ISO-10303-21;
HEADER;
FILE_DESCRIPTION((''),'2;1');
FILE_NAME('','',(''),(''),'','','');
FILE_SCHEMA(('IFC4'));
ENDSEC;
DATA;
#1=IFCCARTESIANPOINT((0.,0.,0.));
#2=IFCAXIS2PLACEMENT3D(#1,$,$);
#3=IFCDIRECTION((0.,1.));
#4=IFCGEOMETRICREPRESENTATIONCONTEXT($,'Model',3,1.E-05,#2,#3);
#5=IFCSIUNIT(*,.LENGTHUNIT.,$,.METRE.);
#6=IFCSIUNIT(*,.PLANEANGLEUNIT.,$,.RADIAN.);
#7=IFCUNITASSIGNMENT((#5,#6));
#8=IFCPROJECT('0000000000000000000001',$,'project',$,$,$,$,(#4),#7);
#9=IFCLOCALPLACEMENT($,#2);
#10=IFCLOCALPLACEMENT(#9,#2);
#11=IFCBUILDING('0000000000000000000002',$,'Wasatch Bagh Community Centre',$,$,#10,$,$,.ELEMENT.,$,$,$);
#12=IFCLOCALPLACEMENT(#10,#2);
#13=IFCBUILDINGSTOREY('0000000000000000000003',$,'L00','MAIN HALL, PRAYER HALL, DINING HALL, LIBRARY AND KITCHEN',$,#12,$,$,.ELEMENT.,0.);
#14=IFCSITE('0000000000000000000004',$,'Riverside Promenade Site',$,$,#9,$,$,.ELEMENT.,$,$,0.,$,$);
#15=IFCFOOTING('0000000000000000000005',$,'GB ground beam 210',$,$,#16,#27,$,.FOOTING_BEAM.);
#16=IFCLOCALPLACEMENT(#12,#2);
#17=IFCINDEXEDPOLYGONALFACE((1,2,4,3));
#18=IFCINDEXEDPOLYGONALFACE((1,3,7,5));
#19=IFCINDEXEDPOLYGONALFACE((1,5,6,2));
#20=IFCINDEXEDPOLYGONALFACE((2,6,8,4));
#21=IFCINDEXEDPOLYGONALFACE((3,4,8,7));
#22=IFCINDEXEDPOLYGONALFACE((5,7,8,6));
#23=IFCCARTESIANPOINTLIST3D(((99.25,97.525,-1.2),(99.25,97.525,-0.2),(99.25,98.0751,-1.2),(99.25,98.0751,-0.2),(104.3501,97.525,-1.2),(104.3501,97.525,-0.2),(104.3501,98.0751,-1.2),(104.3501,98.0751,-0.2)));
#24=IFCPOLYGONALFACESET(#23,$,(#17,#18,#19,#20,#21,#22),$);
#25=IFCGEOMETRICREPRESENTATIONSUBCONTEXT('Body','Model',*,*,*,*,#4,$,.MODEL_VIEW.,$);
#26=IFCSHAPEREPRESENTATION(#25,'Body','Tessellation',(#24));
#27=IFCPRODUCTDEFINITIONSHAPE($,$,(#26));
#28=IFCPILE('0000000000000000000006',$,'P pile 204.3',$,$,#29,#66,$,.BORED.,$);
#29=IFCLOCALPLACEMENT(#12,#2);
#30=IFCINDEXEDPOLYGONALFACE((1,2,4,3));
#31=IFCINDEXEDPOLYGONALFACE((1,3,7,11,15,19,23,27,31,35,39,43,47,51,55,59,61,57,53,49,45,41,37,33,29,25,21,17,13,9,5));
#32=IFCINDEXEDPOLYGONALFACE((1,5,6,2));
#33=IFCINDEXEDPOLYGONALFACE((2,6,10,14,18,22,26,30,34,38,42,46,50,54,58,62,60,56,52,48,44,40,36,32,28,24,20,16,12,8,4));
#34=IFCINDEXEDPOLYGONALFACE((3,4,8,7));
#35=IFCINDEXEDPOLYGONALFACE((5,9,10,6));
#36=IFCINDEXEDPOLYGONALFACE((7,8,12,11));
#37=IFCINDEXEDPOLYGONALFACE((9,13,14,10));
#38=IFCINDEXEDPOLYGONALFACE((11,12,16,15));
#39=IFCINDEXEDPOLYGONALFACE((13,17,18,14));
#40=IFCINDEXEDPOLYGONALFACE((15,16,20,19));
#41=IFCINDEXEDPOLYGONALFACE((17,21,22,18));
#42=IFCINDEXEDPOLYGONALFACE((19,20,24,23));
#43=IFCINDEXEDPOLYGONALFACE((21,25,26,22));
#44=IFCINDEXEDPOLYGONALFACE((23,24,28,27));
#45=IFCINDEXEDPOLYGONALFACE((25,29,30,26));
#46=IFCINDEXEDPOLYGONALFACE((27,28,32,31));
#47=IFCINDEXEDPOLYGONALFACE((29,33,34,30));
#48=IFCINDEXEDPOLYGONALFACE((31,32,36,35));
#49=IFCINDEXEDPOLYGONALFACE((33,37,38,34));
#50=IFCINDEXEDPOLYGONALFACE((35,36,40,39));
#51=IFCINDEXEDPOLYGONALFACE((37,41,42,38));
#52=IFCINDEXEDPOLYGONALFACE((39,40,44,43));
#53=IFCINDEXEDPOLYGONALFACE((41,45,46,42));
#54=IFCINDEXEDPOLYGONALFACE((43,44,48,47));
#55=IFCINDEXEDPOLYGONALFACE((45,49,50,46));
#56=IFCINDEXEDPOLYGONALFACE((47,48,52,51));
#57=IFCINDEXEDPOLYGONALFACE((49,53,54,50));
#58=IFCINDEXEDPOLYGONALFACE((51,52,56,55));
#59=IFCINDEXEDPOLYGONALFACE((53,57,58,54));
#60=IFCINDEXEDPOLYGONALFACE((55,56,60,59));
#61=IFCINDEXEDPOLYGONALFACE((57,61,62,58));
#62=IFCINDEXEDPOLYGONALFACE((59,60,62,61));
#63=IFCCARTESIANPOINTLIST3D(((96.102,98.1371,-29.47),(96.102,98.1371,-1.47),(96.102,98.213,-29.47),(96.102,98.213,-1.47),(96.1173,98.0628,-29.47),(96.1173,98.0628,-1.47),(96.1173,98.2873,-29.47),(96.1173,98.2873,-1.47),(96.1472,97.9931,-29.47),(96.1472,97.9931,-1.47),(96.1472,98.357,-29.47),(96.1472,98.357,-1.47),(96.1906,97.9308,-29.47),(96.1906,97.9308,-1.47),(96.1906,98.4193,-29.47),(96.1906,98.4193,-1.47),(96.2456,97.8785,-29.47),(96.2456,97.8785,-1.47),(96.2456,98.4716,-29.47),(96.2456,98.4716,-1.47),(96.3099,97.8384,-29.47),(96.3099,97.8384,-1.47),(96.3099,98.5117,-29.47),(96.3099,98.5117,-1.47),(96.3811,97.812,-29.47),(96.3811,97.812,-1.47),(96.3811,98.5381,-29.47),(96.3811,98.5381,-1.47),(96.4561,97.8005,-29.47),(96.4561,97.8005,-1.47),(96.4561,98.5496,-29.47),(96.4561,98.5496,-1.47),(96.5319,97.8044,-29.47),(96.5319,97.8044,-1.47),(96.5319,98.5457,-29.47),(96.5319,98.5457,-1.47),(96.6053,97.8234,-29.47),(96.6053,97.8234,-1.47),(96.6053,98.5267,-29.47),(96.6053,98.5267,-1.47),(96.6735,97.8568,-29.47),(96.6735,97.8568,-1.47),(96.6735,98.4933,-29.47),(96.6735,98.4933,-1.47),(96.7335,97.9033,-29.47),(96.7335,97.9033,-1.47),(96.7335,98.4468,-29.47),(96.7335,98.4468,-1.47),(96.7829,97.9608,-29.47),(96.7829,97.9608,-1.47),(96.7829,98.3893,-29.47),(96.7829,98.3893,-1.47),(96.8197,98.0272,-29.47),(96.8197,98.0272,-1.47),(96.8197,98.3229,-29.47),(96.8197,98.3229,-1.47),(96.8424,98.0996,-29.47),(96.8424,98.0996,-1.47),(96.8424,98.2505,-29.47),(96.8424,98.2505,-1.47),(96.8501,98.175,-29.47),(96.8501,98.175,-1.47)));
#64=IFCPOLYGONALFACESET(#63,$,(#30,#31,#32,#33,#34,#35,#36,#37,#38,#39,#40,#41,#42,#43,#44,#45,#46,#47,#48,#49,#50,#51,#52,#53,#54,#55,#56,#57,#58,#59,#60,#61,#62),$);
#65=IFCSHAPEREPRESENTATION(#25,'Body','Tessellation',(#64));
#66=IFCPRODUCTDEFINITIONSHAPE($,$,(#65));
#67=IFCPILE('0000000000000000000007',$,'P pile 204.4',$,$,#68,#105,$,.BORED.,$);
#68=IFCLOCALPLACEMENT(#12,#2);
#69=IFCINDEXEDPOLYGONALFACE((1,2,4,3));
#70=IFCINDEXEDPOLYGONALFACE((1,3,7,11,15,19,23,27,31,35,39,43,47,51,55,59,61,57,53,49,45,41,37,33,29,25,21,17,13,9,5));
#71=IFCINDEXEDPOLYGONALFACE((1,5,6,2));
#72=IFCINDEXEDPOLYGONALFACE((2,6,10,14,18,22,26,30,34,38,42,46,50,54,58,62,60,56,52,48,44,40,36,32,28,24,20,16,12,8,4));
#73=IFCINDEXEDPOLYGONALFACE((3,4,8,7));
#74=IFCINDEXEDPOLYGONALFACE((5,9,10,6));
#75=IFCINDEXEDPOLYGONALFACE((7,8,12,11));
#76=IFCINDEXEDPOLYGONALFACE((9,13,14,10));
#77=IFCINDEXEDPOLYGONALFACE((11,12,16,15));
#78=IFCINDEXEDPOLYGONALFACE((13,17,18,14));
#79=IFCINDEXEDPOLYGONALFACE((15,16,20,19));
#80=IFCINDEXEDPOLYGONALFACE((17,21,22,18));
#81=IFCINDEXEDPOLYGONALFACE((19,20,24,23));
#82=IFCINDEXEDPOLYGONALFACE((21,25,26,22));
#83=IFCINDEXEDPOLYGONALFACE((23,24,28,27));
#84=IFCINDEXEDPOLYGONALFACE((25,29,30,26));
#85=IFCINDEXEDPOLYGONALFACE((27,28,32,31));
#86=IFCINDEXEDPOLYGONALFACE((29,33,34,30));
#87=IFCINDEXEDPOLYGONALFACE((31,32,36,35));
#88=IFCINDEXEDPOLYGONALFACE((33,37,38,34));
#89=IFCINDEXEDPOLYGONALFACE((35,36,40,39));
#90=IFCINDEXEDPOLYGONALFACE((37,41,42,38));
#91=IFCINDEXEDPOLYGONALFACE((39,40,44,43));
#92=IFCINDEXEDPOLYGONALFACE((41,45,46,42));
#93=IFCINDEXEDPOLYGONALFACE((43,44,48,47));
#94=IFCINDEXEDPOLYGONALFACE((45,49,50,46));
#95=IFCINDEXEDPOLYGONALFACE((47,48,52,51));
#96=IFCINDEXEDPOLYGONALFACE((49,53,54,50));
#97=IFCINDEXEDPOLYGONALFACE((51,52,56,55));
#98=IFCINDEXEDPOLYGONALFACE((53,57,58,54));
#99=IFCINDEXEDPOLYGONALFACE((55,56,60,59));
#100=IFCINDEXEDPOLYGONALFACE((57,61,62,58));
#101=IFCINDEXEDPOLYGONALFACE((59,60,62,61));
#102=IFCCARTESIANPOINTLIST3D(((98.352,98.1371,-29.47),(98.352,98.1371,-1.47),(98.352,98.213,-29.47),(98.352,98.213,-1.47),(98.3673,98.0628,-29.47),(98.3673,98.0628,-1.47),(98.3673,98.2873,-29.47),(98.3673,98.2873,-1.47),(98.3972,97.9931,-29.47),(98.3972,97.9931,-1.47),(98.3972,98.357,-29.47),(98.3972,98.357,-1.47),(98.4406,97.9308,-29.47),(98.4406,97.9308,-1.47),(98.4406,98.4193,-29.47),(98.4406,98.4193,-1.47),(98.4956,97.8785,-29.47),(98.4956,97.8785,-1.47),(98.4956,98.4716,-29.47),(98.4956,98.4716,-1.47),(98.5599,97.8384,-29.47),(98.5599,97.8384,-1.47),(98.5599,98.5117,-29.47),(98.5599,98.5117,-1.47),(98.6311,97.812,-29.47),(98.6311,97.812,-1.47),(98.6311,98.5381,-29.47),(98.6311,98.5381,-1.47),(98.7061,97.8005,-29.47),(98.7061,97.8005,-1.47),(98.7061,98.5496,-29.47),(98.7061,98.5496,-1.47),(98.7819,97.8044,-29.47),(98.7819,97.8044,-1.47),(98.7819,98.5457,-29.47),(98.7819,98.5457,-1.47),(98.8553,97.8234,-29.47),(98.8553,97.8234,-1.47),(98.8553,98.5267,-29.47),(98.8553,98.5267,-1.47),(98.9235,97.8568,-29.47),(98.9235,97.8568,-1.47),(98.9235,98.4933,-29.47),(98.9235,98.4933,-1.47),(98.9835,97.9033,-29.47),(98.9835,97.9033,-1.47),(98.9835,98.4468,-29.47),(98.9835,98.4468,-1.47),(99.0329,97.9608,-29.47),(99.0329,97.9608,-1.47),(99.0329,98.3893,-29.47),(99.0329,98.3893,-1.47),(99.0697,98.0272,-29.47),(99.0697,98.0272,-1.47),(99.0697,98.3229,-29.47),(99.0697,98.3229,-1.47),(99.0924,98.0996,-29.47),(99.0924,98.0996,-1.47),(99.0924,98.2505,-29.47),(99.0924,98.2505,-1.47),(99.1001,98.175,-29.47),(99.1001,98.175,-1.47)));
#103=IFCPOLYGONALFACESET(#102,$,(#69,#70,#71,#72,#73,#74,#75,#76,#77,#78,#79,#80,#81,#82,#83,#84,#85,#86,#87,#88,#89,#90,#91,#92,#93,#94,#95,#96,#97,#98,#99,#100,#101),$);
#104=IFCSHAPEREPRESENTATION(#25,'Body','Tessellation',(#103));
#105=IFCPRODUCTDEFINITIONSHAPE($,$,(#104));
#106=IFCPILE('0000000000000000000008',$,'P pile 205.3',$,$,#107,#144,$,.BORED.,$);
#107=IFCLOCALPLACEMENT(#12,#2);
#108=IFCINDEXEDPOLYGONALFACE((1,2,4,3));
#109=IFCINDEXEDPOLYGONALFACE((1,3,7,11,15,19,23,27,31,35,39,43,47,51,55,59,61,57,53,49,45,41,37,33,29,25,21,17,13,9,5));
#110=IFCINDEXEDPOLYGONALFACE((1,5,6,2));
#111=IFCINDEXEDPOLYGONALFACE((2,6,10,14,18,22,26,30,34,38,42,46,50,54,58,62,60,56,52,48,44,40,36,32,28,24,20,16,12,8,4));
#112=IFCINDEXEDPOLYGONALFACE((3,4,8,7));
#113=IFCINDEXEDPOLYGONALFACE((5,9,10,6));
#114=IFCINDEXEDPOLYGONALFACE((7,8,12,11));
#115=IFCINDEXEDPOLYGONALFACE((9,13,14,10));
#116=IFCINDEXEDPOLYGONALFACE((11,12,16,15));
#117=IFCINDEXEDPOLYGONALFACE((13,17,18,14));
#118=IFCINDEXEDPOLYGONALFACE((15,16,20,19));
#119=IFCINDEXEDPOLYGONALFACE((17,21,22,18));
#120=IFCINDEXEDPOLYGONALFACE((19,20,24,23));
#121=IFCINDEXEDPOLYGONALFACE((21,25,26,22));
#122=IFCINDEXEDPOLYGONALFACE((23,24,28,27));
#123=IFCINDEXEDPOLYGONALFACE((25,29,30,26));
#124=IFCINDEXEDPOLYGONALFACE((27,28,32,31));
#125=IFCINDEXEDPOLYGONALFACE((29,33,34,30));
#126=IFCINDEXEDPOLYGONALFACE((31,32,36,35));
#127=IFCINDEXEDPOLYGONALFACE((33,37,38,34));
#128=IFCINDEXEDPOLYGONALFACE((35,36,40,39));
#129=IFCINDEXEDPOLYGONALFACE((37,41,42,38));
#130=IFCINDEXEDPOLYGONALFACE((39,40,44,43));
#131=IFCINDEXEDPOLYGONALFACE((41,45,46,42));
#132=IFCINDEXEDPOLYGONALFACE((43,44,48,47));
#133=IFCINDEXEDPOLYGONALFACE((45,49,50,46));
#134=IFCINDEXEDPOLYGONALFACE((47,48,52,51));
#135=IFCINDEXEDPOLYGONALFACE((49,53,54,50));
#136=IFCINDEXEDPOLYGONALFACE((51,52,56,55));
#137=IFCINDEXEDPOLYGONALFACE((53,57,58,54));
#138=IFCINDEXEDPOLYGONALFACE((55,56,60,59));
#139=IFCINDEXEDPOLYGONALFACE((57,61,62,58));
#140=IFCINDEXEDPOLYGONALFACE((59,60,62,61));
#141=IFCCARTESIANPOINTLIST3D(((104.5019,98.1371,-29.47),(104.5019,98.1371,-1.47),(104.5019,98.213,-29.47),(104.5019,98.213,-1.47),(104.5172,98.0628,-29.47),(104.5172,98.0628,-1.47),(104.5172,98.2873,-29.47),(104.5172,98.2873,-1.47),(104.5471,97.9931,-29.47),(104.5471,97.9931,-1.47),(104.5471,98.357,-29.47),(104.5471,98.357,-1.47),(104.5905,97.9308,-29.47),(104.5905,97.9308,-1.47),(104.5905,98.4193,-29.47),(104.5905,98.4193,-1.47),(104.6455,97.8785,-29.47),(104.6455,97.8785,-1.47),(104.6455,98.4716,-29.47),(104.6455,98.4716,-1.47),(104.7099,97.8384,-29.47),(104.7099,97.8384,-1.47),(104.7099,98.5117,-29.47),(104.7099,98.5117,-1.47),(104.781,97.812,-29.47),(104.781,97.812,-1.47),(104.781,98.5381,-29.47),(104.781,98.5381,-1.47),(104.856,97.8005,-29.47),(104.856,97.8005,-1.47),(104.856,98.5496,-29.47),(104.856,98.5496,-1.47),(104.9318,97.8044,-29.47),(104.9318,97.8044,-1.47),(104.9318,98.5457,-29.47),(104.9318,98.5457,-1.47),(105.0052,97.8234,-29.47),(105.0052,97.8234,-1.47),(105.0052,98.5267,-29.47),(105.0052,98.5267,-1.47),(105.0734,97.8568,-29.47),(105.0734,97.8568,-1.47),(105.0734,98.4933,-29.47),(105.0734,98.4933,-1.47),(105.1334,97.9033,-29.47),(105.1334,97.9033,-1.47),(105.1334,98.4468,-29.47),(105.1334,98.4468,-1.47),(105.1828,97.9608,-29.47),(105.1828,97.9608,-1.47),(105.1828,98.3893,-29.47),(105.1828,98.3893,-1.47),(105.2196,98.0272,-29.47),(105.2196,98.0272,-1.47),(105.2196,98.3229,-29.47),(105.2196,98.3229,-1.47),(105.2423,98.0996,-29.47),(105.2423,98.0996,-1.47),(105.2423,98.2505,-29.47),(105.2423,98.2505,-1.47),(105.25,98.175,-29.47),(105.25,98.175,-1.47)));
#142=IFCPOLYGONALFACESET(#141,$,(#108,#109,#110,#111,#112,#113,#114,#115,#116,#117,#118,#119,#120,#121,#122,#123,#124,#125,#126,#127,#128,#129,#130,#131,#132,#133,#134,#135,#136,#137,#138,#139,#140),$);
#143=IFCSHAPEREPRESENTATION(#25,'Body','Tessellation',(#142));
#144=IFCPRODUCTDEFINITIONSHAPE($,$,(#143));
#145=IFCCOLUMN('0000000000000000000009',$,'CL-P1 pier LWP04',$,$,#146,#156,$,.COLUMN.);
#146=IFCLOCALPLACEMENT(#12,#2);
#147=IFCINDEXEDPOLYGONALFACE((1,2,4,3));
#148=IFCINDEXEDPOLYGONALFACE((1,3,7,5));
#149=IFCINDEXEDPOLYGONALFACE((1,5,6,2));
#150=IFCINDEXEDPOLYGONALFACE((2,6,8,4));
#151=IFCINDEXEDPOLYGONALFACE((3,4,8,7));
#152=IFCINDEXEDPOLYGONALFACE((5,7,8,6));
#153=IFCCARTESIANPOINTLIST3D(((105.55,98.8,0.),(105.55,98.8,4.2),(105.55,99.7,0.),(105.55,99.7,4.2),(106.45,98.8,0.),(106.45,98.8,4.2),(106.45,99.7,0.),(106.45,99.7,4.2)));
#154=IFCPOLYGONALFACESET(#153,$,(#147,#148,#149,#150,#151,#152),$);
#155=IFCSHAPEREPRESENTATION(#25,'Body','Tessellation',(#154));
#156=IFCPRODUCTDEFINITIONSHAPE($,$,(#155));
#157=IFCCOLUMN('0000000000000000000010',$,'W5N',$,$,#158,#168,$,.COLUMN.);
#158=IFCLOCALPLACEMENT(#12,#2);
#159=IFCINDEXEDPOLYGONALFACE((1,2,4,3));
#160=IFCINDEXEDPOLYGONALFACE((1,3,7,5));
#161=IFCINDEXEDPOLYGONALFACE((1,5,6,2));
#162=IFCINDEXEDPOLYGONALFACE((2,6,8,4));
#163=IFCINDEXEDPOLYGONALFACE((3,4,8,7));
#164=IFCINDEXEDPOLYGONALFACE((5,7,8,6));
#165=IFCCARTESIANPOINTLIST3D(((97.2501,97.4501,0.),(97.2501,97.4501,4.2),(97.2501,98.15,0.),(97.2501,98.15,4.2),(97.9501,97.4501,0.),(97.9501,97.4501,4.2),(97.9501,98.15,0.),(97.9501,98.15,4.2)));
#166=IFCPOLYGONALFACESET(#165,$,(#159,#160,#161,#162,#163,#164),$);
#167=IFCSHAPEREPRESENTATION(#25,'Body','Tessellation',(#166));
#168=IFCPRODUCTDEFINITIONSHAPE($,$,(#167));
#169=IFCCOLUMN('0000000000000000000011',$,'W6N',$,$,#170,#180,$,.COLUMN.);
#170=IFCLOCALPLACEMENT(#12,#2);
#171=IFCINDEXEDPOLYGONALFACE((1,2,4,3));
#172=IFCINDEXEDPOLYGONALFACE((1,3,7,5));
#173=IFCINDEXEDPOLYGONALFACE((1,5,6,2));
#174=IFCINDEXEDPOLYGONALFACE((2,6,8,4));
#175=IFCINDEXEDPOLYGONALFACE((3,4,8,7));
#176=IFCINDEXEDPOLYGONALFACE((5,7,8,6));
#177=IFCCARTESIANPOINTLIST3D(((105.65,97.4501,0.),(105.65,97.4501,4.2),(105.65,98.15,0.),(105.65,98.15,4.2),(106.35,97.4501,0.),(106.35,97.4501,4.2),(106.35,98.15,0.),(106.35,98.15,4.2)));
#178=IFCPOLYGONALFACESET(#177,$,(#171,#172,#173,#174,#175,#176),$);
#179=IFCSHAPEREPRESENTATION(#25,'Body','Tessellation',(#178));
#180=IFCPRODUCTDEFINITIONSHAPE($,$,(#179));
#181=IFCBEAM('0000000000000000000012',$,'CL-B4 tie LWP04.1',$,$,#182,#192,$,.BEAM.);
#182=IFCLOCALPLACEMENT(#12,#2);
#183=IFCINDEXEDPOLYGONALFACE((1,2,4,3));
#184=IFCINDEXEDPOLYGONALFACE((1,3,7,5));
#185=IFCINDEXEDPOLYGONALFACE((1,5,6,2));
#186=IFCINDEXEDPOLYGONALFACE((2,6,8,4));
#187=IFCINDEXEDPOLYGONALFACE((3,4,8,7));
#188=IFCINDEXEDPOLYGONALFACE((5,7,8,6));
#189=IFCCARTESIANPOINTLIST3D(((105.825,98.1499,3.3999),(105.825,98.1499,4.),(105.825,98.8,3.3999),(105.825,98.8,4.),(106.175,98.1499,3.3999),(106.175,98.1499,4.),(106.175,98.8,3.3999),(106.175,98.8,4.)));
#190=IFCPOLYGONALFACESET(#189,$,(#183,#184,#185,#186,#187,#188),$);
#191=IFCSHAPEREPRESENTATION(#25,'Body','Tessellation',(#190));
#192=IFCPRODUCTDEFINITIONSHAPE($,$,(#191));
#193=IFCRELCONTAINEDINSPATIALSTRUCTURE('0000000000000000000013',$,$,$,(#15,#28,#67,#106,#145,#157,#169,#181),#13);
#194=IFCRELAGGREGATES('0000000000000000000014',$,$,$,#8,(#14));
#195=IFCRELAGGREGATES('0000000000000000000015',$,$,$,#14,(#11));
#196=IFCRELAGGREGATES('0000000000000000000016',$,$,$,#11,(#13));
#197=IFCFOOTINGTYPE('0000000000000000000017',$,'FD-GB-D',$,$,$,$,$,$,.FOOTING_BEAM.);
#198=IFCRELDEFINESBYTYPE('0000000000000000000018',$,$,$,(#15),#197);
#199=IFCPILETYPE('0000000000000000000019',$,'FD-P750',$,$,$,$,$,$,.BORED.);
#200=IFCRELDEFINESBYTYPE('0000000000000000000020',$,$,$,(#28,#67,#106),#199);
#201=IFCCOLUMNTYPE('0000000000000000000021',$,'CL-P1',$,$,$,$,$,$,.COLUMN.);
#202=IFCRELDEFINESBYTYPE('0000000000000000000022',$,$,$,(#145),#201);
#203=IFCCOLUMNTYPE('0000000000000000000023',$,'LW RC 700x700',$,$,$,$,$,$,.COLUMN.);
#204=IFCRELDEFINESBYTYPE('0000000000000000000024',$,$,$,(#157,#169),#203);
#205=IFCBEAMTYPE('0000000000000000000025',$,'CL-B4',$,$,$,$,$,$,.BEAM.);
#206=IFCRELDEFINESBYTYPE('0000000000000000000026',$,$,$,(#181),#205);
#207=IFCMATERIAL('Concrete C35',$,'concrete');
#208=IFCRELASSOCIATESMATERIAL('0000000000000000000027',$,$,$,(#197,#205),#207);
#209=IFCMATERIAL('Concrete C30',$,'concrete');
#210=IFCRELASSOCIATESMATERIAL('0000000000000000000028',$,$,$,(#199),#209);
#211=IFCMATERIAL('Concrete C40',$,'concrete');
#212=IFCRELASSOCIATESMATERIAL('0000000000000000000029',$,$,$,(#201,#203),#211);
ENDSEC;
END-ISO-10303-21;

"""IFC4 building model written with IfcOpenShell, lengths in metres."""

from ifc_helpers import new_model, si_unit, direction, frame, origin, origin_2d, place, context, subcontext, project, spatial, rectangle, circle, extrude, material, material_profile, profile_set, type_object, element, save


model = new_model("IFC4")

# Units and contexts
model_context = context("Model", 3, precision=1e-05, world=origin(), true_north=direction((0.0, 1.0)))
body_context = subcontext(model_context, "Body", "Model", "MODEL_VIEW")
ifc_project = project(units=[si_unit("LENGTHUNIT", "METRE"), si_unit("PLANEANGLEUNIT", "RADIAN")], contexts=[model_context])

# Site, building, storey
site_placement = place(None, origin())
site = spatial("IfcSite", under=ifc_project, at=site_placement, Name="Riverside Promenade Site", CompositionType="ELEMENT", RefElevation=0.0)
building_placement = place(site_placement, origin())
building = spatial("IfcBuilding", under=site, at=building_placement, Name="Wasatch Bagh Community Centre", CompositionType="ELEMENT")
storey_placement = place(building_placement, origin())
storey = spatial("IfcBuildingStorey", under=building, at=storey_placement, Name="L00", Description="MAIN HALL, PRAYER HALL, DINING HALL, LIBRARY AND KITCHEN", CompositionType="ELEMENT", Elevation=0.0)

# Footing
ifc_material_1 = material(Name="Concrete C35", Category="concrete")
footing_type = type_object("IfcFootingType", Name="FD-GB-D", PredefinedType="FOOTING_BEAM", material=ifc_material_1)
footing_placement = place(storey_placement, frame((101.8, 97.8, -1.2), z_axis=(0.0, 0.0, 1.0), x_axis=(1.0, 0.0, 0.0)))
element("IfcFooting", 1, at=footing_placement, inside=storey, type_object=footing_type, Name="GB ground beam 210", PredefinedType="FOOTING_BEAM", context=body_context, shape_type="SweptSolid", body=[
    extrude(rectangle(XDim=5.1001, YDim=0.55, at=origin_2d()), origin(), (0.0, 0.0, 1.0), 1.0),
])

# Piles
ifc_material_2 = material(Name="Concrete C30", Category="concrete")
ifc_material_profile_1 = material_profile(ifc_material_2, circle(Radius=0.375, at=origin_2d()), Name="RC D750")
ifc_profile_set_1 = profile_set([ifc_material_profile_1], Name="Concrete C30")
pile_type = type_object("IfcPileType", Name="FD-P750", PredefinedType="BORED", material=ifc_profile_set_1)
for number, where, z_axis, x_axis, name in (
    (2, (96.4751, 98.175, -1.47), (0.0, 0.0, -1.0), (1.0, 0.0, 0.0), "P pile 204.3"),
    (3, (98.7251, 98.175, -1.47), (0.0, 0.0, -1.0), (1.0, 0.0, 0.0), "P pile 204.4"),
    (4, (104.875, 98.175, -1.47), (0.0, 0.0, -1.0), (1.0, 0.0, 0.0), "P pile 205.3"),
):
    element("IfcPile", number, at=place(storey_placement, frame(where, z_axis=z_axis, x_axis=x_axis)), inside=storey, type_object=pile_type, Name=name, PredefinedType="BORED", context=body_context, shape_type="SweptSolid", body=[
        extrude(circle(Radius=0.375, at=origin_2d()), origin(), (0.0, 0.0, 1.0), 28.0),
    ])

# Columns
ifc_material_3 = material(Name="Concrete C40", Category="concrete")
ifc_material_profile_2 = material_profile(ifc_material_3, rectangle(XDim=0.8999, YDim=0.8999, at=origin_2d()), Name="RC 900x900")
ifc_profile_set_2 = profile_set([ifc_material_profile_2], Name="Concrete C40")
column_type_1 = type_object("IfcColumnType", Name="CL-P1", PredefinedType="COLUMN", material=ifc_profile_set_2)
column_placement = place(storey_placement, frame((106.0, 99.25, 0.0), z_axis=(0.0, 0.0, 1.0), x_axis=(1.0, 0.0, 0.0)))
element("IfcColumn", 5, at=column_placement, inside=storey, type_object=column_type_1, Name="CL-P1 pier LWP04", PredefinedType="COLUMN", context=body_context, shape_type="SweptSolid", body=[
    extrude(rectangle(XDim=0.8999, YDim=0.8999, at=origin_2d()), origin(), (0.0, 0.0, 1.0), 4.2),
])
ifc_material_profile_3 = material_profile(ifc_material_3, rectangle(XDim=0.7, YDim=0.7, at=origin_2d()), Name="RC 700x700")
ifc_profile_set_3 = profile_set([ifc_material_profile_3], Name="Concrete C40")
column_type_2 = type_object("IfcColumnType", Name="LW RC 700x700", PredefinedType="COLUMN", material=ifc_profile_set_3)
for number, where, z_axis, x_axis, name in (
    (6, (97.6001, 97.8, 0.0), (0.0, 0.0, 1.0), (1.0, 0.0, 0.0), "W5N"),
    (7, (106.0, 97.8, 0.0), (0.0, 0.0, 1.0), (1.0, 0.0, 0.0), "W6N"),
):
    element("IfcColumn", number, at=place(storey_placement, frame(where, z_axis=z_axis, x_axis=x_axis)), inside=storey, type_object=column_type_2, Name=name, PredefinedType="COLUMN", context=body_context, shape_type="SweptSolid", body=[
        extrude(rectangle(XDim=0.7, YDim=0.7, at=origin_2d()), origin(), (0.0, 0.0, 1.0), 4.2),
    ])

# Beam
ifc_material_profile_4 = material_profile(ifc_material_1, rectangle(XDim=0.3501, YDim=0.6001, at=origin_2d()), Name="RC 350x600")
ifc_profile_set_4 = profile_set([ifc_material_profile_4], Name="Concrete C35")
beam_type_1 = type_object("IfcBeamType", Name="CL-B4", PredefinedType="BEAM", material=ifc_profile_set_4)
beam_placement = place(storey_placement, frame((106.0, 98.1499, 3.7), z_axis=(0.0, 1.0, 0.0), x_axis=(-1.0, 0.0, 0.0)))
element("IfcBeam", 8, at=beam_placement, inside=storey, type_object=beam_type_1, Name="CL-B4 tie LWP04.1", PredefinedType="BEAM", context=body_context, shape_type="SweptSolid", body=[
    extrude(rectangle(XDim=0.3501, YDim=0.6001, at=origin_2d()), origin(), (0.0, 0.0, 1.0), 0.6501),
])

save(model, "model.ifc")
